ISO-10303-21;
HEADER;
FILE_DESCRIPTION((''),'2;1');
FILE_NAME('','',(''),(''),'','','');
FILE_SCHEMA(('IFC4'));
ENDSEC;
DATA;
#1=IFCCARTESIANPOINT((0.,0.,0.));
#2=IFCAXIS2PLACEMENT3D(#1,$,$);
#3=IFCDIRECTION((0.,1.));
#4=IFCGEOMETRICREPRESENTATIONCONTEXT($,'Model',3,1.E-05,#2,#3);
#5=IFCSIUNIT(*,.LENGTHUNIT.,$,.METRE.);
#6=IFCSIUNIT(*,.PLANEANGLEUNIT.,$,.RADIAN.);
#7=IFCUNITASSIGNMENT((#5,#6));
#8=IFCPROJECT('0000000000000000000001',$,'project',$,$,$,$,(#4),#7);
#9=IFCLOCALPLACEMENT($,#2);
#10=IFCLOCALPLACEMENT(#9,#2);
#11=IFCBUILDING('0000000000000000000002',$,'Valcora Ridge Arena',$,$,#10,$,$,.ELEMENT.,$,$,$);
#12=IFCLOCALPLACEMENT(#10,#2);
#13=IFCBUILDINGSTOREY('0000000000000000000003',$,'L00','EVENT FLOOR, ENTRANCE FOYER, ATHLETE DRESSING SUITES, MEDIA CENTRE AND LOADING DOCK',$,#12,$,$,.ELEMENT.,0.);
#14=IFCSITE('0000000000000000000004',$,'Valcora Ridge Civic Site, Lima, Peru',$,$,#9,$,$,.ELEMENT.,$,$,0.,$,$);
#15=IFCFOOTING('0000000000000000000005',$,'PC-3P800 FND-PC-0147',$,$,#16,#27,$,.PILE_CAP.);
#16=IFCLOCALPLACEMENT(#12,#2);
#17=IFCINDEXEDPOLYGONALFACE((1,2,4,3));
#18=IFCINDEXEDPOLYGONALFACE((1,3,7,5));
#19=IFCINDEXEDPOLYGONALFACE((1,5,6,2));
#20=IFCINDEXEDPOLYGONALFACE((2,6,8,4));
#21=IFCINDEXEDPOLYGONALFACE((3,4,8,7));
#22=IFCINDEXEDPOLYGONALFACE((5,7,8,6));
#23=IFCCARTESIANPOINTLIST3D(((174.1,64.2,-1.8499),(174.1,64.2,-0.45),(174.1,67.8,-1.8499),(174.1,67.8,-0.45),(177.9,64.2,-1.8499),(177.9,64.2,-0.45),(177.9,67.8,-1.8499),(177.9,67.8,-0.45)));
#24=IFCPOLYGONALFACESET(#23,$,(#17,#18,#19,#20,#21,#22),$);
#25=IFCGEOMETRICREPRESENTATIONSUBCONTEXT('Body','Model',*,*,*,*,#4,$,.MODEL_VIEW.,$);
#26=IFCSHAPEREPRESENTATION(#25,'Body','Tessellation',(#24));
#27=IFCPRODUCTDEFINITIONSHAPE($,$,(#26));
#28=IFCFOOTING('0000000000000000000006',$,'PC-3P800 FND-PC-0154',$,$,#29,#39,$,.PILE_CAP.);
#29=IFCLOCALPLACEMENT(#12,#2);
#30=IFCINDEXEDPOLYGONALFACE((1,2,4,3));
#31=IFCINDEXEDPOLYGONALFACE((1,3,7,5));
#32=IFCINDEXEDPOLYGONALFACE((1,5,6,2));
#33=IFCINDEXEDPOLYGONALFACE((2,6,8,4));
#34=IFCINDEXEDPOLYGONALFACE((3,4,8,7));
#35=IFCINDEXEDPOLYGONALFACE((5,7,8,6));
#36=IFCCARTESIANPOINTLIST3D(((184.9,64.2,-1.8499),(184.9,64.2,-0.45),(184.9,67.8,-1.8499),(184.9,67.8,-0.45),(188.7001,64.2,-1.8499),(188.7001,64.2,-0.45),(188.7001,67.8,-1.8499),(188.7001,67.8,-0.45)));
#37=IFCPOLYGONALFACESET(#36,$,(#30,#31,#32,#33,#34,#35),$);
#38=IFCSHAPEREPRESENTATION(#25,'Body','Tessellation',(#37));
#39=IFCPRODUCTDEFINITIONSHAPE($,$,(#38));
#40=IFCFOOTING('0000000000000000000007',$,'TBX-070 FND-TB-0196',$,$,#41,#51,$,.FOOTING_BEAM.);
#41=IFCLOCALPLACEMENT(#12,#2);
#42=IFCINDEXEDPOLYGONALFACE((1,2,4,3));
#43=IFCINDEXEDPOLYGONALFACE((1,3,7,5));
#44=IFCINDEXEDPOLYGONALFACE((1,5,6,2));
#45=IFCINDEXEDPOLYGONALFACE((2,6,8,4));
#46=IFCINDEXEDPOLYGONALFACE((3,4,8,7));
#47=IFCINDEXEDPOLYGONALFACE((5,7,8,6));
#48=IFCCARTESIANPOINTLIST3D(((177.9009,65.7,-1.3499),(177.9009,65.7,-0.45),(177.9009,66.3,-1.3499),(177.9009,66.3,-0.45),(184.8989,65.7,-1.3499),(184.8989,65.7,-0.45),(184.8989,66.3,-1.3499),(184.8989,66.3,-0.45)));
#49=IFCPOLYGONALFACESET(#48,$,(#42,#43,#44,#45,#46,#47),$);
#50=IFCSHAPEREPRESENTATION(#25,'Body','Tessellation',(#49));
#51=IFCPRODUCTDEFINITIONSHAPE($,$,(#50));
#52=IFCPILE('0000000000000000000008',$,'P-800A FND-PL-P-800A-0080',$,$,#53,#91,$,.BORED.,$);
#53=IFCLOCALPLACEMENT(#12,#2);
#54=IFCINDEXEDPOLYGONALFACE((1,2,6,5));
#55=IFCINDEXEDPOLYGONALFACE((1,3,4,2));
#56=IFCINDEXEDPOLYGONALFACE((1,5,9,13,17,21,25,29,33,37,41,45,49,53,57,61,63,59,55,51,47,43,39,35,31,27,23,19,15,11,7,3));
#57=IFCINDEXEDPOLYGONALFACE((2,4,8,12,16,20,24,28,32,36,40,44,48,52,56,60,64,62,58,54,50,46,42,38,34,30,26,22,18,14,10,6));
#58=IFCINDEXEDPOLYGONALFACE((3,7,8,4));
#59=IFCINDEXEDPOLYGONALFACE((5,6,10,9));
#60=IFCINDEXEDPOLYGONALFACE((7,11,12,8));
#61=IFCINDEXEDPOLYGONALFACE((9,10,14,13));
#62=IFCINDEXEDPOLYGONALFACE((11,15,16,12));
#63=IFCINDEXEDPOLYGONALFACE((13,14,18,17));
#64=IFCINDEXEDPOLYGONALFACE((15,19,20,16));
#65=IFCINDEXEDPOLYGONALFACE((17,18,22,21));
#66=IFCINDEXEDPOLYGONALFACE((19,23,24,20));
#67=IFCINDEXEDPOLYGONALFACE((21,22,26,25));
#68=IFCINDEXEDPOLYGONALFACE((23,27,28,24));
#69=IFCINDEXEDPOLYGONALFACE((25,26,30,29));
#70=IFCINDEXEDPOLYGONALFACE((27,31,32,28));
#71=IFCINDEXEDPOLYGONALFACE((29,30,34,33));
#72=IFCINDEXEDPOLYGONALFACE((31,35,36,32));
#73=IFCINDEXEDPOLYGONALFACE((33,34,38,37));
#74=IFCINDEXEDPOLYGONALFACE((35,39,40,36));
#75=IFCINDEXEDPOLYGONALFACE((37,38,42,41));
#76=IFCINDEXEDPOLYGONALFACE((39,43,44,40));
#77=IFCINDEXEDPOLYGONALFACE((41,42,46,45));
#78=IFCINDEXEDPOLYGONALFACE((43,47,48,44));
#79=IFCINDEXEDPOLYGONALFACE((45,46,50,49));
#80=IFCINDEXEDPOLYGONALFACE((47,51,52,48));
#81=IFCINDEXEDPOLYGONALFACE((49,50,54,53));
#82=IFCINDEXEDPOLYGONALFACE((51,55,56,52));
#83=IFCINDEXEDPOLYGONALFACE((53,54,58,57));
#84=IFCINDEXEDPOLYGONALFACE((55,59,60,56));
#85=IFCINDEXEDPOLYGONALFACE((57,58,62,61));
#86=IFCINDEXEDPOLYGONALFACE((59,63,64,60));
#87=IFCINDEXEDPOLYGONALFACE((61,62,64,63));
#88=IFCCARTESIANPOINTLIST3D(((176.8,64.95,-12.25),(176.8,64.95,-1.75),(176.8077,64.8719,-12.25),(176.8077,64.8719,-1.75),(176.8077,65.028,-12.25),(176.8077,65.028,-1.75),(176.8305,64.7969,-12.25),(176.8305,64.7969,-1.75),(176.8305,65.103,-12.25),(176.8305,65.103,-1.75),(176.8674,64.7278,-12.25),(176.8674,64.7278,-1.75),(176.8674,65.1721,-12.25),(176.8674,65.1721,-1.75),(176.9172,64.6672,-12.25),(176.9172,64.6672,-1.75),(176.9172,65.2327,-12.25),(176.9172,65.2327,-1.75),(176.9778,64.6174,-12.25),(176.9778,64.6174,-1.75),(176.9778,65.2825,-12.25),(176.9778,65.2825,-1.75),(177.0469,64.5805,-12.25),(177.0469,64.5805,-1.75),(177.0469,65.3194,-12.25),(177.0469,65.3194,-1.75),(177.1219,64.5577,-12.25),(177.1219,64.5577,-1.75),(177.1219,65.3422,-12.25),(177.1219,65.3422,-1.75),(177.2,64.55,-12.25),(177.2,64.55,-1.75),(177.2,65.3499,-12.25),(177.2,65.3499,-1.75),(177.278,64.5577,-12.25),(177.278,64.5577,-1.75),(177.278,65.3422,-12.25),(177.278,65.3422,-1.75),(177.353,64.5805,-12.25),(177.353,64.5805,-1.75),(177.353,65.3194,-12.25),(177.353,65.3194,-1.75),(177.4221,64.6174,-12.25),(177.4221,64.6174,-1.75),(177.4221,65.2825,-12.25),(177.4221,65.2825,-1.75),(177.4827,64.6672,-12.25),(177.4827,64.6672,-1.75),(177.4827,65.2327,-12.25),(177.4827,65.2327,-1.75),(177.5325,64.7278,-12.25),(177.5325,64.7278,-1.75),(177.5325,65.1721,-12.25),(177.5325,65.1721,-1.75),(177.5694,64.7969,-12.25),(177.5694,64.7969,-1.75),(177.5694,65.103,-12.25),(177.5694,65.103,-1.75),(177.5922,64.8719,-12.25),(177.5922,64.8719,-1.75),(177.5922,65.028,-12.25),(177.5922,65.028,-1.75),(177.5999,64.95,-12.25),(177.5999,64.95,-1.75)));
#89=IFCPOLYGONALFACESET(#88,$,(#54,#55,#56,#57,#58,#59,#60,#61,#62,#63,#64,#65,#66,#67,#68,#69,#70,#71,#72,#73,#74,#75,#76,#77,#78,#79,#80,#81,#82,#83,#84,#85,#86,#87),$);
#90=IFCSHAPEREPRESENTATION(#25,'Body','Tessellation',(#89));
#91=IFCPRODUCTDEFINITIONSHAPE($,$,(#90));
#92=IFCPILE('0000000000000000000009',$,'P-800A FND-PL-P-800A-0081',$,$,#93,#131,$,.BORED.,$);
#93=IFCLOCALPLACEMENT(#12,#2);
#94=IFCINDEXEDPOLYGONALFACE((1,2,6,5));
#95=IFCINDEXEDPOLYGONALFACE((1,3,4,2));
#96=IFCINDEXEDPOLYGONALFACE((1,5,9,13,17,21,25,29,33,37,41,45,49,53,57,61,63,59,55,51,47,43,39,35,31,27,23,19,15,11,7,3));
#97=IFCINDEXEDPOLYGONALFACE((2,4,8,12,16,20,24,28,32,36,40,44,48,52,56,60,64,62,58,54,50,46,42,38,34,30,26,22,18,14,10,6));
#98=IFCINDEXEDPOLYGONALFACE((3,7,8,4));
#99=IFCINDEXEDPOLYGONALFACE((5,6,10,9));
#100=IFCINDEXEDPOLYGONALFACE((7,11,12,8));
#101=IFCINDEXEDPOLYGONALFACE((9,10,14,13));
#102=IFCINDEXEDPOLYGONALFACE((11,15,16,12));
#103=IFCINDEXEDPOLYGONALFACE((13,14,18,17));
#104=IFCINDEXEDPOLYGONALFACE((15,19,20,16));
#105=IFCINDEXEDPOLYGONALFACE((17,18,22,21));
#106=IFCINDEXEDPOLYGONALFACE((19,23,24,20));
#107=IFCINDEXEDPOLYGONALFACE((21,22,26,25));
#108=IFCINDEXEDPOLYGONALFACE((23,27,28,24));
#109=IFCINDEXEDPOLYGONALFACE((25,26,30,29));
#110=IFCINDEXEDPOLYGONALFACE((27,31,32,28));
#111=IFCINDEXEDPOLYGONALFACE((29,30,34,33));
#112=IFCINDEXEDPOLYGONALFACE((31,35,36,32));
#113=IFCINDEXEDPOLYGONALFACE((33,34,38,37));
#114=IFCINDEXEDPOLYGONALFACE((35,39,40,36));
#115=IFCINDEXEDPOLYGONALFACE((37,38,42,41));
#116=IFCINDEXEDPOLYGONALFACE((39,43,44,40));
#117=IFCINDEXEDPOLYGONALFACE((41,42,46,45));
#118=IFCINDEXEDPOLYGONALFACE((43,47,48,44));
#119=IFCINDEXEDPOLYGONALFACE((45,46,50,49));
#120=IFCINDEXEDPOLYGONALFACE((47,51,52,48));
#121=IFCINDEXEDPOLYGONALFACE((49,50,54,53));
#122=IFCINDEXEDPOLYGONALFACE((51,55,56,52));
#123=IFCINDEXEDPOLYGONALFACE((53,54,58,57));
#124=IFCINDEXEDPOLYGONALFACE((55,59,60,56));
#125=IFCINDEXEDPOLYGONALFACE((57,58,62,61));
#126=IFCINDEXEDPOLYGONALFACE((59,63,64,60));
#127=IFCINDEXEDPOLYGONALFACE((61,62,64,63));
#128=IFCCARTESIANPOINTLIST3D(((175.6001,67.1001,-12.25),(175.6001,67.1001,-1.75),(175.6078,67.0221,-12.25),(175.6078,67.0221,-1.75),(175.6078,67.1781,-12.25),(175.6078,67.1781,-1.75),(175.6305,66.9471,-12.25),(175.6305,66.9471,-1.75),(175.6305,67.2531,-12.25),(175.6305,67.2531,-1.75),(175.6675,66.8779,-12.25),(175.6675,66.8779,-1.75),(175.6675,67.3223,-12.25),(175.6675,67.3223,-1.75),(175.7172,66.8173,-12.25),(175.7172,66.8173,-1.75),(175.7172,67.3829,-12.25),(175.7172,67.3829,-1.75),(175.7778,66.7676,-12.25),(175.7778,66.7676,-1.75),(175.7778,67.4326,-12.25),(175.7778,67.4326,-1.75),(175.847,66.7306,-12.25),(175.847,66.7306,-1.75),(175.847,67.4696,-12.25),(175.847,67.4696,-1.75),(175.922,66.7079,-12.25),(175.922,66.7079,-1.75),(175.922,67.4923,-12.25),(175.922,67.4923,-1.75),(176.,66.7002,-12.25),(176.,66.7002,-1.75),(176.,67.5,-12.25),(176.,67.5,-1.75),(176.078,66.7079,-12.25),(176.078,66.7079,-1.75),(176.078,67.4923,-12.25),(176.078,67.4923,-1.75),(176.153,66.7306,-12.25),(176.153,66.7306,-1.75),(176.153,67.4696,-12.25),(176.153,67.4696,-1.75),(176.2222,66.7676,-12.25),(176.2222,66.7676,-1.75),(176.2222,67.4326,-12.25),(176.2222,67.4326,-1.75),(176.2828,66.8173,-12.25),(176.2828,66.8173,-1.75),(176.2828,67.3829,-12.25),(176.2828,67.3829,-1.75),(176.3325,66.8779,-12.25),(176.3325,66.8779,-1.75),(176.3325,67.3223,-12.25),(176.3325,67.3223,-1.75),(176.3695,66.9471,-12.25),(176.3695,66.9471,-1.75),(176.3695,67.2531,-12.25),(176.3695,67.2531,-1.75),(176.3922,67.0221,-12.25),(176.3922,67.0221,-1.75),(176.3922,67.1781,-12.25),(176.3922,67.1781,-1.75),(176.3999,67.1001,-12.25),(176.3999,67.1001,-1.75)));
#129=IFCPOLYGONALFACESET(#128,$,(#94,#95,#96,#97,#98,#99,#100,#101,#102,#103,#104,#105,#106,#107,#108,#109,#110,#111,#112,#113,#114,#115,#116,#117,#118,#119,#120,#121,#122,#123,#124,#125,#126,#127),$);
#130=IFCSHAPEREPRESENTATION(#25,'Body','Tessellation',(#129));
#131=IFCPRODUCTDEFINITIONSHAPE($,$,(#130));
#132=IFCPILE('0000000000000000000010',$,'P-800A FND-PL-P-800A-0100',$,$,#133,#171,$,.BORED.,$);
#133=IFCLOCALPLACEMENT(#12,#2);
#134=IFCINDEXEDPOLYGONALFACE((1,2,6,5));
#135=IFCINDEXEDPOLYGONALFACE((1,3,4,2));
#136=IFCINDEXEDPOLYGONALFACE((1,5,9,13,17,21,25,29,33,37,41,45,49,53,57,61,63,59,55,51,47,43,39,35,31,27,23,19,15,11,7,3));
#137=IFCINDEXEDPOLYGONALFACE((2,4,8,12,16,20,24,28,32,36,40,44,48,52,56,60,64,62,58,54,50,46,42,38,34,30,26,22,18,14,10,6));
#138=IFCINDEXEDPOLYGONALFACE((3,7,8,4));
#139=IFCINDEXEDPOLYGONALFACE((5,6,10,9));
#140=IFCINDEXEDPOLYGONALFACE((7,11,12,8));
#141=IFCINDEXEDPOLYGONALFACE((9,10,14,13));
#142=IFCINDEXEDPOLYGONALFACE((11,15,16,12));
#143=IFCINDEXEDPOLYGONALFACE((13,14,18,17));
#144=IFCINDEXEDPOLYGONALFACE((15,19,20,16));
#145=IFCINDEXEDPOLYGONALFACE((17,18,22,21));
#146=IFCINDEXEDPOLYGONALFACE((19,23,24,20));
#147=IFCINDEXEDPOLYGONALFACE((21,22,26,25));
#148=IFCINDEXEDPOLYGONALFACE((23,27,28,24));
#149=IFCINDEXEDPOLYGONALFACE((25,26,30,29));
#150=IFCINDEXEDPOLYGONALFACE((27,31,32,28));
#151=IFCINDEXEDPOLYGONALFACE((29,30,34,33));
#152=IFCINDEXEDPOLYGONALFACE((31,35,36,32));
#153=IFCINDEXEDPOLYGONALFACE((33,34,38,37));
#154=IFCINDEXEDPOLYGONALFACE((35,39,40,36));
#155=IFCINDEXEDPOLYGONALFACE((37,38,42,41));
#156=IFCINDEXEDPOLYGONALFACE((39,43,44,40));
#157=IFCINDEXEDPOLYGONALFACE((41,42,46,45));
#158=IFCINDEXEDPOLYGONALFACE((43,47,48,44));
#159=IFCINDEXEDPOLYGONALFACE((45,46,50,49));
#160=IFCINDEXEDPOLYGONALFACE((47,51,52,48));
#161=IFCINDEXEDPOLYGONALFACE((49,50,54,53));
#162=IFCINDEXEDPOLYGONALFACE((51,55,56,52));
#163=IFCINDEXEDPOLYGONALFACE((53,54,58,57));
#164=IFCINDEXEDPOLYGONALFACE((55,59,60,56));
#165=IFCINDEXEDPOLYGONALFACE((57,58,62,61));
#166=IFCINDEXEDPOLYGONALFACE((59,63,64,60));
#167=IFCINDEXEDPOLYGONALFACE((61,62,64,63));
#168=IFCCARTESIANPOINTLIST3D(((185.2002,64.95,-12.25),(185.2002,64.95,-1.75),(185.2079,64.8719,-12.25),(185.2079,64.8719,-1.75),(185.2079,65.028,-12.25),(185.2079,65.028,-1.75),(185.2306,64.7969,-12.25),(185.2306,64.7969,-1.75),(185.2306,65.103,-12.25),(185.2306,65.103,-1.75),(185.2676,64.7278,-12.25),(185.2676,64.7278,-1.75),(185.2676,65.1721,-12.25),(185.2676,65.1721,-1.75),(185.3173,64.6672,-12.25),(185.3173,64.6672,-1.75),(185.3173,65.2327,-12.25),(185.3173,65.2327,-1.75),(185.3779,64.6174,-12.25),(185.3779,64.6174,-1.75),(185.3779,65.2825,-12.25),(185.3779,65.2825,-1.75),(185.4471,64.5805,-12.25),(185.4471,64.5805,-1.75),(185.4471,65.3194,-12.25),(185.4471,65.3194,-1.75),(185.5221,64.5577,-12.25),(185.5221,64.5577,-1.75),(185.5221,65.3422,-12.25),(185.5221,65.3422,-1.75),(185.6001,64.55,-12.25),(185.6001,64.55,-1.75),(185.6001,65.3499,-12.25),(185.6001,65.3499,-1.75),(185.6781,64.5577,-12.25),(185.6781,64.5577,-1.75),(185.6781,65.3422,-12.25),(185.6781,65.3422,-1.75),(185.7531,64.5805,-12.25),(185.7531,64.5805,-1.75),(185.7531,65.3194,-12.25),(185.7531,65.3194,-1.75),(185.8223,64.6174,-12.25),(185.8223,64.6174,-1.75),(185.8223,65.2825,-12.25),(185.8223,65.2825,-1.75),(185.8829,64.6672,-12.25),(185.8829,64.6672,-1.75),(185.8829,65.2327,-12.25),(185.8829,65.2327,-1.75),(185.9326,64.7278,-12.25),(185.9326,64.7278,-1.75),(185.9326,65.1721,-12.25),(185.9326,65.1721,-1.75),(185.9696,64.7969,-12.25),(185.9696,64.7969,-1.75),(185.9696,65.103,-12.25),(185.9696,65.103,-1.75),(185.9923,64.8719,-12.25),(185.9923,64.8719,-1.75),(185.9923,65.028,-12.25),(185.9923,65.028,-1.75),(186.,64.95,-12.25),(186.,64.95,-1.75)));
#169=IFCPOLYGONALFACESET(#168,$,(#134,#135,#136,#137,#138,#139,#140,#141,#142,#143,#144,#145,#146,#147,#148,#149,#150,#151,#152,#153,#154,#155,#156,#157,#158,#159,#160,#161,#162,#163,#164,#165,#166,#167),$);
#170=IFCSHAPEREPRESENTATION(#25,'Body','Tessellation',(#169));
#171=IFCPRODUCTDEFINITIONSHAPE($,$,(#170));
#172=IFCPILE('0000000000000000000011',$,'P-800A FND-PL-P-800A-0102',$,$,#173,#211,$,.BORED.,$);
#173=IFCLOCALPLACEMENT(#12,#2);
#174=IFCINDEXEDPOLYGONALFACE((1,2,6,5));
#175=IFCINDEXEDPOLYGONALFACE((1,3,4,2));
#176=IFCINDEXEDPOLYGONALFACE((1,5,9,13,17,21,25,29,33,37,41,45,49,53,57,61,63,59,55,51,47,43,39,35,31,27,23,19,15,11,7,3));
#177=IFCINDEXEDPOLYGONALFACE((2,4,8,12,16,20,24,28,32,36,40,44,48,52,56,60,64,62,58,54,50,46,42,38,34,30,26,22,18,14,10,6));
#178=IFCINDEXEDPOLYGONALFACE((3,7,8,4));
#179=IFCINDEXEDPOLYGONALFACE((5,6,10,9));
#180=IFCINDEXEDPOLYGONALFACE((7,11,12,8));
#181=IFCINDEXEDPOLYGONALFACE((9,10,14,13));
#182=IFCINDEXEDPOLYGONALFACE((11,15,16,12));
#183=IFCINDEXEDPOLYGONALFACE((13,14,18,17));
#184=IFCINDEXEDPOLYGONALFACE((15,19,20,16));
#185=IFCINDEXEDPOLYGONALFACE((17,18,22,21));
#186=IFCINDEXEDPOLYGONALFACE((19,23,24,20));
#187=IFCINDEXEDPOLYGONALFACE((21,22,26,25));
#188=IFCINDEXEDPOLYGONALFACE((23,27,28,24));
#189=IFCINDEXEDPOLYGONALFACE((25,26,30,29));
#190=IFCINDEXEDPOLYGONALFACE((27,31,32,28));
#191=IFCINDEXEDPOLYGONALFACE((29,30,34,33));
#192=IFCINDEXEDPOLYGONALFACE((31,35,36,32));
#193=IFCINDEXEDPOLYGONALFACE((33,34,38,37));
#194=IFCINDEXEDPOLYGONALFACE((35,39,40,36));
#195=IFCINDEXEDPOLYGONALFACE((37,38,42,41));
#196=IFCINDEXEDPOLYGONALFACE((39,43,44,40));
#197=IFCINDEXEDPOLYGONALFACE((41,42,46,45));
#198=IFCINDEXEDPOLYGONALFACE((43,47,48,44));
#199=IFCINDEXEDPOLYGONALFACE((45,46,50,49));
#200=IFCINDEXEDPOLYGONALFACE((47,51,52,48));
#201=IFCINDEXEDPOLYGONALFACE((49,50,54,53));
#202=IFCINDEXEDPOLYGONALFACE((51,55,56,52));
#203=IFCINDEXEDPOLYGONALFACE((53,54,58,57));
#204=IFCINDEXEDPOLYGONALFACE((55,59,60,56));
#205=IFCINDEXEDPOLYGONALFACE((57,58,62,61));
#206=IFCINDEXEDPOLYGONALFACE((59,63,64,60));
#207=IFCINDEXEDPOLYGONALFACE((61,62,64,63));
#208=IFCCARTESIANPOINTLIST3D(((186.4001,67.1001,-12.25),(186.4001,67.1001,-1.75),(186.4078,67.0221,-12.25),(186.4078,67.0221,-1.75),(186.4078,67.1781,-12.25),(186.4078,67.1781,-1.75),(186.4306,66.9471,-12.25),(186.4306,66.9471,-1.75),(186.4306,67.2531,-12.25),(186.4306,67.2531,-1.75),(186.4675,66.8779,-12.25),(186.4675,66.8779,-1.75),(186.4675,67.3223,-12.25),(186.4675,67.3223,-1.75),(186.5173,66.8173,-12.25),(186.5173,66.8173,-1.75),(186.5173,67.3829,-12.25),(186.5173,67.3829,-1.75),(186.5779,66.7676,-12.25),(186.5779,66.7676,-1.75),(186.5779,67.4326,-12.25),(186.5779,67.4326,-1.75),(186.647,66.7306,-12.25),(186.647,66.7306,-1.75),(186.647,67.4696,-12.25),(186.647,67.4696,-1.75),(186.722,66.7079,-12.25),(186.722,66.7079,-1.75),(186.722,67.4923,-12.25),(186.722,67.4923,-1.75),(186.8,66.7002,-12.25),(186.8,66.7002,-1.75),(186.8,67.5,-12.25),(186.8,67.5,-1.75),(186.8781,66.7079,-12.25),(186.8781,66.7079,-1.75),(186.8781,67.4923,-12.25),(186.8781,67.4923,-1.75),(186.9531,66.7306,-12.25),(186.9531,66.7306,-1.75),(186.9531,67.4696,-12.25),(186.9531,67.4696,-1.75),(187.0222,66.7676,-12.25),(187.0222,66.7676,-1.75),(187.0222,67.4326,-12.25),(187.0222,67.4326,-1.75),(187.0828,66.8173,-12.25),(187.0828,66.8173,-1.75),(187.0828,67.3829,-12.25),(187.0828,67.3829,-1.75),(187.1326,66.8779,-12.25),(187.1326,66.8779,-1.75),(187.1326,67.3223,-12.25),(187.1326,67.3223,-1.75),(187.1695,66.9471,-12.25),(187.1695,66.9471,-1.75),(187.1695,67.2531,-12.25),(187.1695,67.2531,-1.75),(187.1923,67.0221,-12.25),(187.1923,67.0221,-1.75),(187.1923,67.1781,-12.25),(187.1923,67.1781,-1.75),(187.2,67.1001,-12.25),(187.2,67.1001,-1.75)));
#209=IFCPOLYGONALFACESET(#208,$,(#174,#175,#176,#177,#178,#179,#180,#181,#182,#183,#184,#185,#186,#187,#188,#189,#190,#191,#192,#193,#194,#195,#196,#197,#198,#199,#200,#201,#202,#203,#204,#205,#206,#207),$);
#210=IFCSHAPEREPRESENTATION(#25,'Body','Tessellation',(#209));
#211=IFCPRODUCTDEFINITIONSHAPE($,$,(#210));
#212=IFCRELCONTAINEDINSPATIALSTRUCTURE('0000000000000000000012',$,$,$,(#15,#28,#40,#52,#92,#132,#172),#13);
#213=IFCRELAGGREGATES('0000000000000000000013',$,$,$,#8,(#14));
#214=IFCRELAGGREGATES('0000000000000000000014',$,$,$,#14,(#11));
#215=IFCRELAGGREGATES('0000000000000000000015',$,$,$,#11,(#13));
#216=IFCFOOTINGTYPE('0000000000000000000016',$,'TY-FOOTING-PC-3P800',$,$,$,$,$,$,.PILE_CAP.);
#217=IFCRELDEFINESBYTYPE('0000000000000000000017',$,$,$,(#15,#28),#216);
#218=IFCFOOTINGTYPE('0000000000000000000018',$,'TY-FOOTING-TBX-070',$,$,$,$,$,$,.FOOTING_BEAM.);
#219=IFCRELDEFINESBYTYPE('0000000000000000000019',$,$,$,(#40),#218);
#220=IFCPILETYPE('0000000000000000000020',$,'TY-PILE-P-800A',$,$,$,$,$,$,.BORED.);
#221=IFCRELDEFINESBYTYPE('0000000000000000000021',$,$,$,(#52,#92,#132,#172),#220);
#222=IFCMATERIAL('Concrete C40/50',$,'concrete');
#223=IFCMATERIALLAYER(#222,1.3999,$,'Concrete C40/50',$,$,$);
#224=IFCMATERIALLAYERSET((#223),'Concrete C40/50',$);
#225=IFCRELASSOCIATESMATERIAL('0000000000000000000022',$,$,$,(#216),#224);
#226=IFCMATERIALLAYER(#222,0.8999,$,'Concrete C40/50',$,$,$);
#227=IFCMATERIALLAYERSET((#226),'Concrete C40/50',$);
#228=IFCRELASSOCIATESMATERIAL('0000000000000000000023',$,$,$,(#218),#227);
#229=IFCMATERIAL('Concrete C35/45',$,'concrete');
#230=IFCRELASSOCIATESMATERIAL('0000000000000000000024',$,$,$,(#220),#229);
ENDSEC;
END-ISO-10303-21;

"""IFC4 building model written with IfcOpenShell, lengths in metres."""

from ifc_helpers import new_model, si_unit, direction, frame, origin, origin_2d, place, context, subcontext, project, spatial, rectangle, circle, extrude, material, layer, layer_set, material_profile, profile_set, type_object, element, save


model = new_model("IFC4")

# Units and contexts
model_context = context("Model", 3, precision=1e-05, world=origin(), true_north=direction((0.0, 1.0)))
body_context = subcontext(model_context, "Body", "Model", "MODEL_VIEW")
ifc_project = project(units=[si_unit("LENGTHUNIT", "METRE"), si_unit("PLANEANGLEUNIT", "RADIAN")], contexts=[model_context])

# Site, building, storey
site_placement = place(None, origin())
site = spatial("IfcSite", under=ifc_project, at=site_placement, Name="Valcora Ridge Civic Site, Lima, Peru", CompositionType="ELEMENT", RefElevation=0.0)
building_placement = place(site_placement, origin())
building = spatial("IfcBuilding", under=site, at=building_placement, Name="Valcora Ridge Arena", CompositionType="ELEMENT")
storey_placement = place(building_placement, origin())
storey = spatial("IfcBuildingStorey", under=building, at=storey_placement, Name="L00", Description="EVENT FLOOR, ENTRANCE FOYER, ATHLETE DRESSING SUITES, MEDIA CENTRE AND LOADING DOCK", CompositionType="ELEMENT", Elevation=0.0)

# Footings
ifc_material_1 = material(Name="Concrete C40/50", Category="concrete")
ifc_layer_1 = layer(ifc_material_1, 1.3999, Name="Concrete C40/50")
ifc_layer_set_1 = layer_set([ifc_layer_1], Name="Concrete C40/50")
footing_type_1 = type_object("IfcFootingType", Name="TY-FOOTING-PC-3P800", PredefinedType="PILE_CAP", material=ifc_layer_set_1)
for number, where, z_axis, x_axis, name in (
    (1, (176.0, 66.0, -1.8499), (0.0, 0.0, 1.0), (1.0, 0.0, 0.0), "PC-3P800 FND-PC-0147"),
    (2, (186.8, 66.0, -1.8499), (0.0, 0.0, 1.0), (1.0, 0.0, 0.0), "PC-3P800 FND-PC-0154"),
):
    element("IfcFooting", number, at=place(storey_placement, frame(where, z_axis=z_axis, x_axis=x_axis)), inside=storey, type_object=footing_type_1, Name=name, PredefinedType="PILE_CAP", context=body_context, shape_type="SweptSolid", body=[
        extrude(rectangle(XDim=3.8, YDim=3.6001, at=origin_2d()), origin(), (0.0, 0.0, 1.0), 1.3999),
    ])
ifc_layer_2 = layer(ifc_material_1, 0.8999, Name="Concrete C40/50")
ifc_layer_set_2 = layer_set([ifc_layer_2], Name="Concrete C40/50")
footing_type_2 = type_object("IfcFootingType", Name="TY-FOOTING-TBX-070", PredefinedType="FOOTING_BEAM", material=ifc_layer_set_2)
footing_placement = place(storey_placement, frame((181.3999, 66.0, -1.3499), z_axis=(0.0, 0.0, 1.0), x_axis=(1.0, 0.0, 0.0)))
element("IfcFooting", 3, at=footing_placement, inside=storey, type_object=footing_type_2, Name="TBX-070 FND-TB-0196", PredefinedType="FOOTING_BEAM", context=body_context, shape_type="SweptSolid", body=[
    extrude(rectangle(XDim=6.998, YDim=0.6001, at=origin_2d()), origin(), (0.0, 0.0, 1.0), 0.8999),
])

# Piles
ifc_material_2 = material(Name="Concrete C35/45", Category="concrete")
ifc_material_profile_1 = material_profile(ifc_material_2, circle(Radius=0.3999, at=origin_2d()), Name="BORED PILE D800")
ifc_profile_set_1 = profile_set([ifc_material_profile_1], Name="Concrete C35/45")
pile_type_1 = type_object("IfcPileType", Name="TY-PILE-P-800A", PredefinedType="BORED", material=ifc_profile_set_1)
for number, where, z_axis, x_axis, name in (
    (4, (177.2, 64.95, -1.75), (0.0, 0.0, -1.0), (1.0, 0.0, 0.0), "P-800A FND-PL-P-800A-0080"),
    (5, (176.0, 67.1001, -1.75), (0.0, 0.0, -1.0), (1.0, 0.0, 0.0), "P-800A FND-PL-P-800A-0081"),
    (6, (185.6001, 64.95, -1.75), (0.0, 0.0, -1.0), (1.0, 0.0, 0.0), "P-800A FND-PL-P-800A-0100"),
    (7, (186.8, 67.1001, -1.75), (0.0, 0.0, -1.0), (1.0, 0.0, 0.0), "P-800A FND-PL-P-800A-0102"),
):
    element("IfcPile", number, at=place(storey_placement, frame(where, z_axis=z_axis, x_axis=x_axis)), inside=storey, type_object=pile_type_1, Name=name, PredefinedType="BORED", context=body_context, shape_type="SweptSolid", body=[
        extrude(circle(Radius=0.3999, at=origin_2d()), origin(), (0.0, 0.0, 1.0), 10.5),
    ])

save(model, "model.ifc")
